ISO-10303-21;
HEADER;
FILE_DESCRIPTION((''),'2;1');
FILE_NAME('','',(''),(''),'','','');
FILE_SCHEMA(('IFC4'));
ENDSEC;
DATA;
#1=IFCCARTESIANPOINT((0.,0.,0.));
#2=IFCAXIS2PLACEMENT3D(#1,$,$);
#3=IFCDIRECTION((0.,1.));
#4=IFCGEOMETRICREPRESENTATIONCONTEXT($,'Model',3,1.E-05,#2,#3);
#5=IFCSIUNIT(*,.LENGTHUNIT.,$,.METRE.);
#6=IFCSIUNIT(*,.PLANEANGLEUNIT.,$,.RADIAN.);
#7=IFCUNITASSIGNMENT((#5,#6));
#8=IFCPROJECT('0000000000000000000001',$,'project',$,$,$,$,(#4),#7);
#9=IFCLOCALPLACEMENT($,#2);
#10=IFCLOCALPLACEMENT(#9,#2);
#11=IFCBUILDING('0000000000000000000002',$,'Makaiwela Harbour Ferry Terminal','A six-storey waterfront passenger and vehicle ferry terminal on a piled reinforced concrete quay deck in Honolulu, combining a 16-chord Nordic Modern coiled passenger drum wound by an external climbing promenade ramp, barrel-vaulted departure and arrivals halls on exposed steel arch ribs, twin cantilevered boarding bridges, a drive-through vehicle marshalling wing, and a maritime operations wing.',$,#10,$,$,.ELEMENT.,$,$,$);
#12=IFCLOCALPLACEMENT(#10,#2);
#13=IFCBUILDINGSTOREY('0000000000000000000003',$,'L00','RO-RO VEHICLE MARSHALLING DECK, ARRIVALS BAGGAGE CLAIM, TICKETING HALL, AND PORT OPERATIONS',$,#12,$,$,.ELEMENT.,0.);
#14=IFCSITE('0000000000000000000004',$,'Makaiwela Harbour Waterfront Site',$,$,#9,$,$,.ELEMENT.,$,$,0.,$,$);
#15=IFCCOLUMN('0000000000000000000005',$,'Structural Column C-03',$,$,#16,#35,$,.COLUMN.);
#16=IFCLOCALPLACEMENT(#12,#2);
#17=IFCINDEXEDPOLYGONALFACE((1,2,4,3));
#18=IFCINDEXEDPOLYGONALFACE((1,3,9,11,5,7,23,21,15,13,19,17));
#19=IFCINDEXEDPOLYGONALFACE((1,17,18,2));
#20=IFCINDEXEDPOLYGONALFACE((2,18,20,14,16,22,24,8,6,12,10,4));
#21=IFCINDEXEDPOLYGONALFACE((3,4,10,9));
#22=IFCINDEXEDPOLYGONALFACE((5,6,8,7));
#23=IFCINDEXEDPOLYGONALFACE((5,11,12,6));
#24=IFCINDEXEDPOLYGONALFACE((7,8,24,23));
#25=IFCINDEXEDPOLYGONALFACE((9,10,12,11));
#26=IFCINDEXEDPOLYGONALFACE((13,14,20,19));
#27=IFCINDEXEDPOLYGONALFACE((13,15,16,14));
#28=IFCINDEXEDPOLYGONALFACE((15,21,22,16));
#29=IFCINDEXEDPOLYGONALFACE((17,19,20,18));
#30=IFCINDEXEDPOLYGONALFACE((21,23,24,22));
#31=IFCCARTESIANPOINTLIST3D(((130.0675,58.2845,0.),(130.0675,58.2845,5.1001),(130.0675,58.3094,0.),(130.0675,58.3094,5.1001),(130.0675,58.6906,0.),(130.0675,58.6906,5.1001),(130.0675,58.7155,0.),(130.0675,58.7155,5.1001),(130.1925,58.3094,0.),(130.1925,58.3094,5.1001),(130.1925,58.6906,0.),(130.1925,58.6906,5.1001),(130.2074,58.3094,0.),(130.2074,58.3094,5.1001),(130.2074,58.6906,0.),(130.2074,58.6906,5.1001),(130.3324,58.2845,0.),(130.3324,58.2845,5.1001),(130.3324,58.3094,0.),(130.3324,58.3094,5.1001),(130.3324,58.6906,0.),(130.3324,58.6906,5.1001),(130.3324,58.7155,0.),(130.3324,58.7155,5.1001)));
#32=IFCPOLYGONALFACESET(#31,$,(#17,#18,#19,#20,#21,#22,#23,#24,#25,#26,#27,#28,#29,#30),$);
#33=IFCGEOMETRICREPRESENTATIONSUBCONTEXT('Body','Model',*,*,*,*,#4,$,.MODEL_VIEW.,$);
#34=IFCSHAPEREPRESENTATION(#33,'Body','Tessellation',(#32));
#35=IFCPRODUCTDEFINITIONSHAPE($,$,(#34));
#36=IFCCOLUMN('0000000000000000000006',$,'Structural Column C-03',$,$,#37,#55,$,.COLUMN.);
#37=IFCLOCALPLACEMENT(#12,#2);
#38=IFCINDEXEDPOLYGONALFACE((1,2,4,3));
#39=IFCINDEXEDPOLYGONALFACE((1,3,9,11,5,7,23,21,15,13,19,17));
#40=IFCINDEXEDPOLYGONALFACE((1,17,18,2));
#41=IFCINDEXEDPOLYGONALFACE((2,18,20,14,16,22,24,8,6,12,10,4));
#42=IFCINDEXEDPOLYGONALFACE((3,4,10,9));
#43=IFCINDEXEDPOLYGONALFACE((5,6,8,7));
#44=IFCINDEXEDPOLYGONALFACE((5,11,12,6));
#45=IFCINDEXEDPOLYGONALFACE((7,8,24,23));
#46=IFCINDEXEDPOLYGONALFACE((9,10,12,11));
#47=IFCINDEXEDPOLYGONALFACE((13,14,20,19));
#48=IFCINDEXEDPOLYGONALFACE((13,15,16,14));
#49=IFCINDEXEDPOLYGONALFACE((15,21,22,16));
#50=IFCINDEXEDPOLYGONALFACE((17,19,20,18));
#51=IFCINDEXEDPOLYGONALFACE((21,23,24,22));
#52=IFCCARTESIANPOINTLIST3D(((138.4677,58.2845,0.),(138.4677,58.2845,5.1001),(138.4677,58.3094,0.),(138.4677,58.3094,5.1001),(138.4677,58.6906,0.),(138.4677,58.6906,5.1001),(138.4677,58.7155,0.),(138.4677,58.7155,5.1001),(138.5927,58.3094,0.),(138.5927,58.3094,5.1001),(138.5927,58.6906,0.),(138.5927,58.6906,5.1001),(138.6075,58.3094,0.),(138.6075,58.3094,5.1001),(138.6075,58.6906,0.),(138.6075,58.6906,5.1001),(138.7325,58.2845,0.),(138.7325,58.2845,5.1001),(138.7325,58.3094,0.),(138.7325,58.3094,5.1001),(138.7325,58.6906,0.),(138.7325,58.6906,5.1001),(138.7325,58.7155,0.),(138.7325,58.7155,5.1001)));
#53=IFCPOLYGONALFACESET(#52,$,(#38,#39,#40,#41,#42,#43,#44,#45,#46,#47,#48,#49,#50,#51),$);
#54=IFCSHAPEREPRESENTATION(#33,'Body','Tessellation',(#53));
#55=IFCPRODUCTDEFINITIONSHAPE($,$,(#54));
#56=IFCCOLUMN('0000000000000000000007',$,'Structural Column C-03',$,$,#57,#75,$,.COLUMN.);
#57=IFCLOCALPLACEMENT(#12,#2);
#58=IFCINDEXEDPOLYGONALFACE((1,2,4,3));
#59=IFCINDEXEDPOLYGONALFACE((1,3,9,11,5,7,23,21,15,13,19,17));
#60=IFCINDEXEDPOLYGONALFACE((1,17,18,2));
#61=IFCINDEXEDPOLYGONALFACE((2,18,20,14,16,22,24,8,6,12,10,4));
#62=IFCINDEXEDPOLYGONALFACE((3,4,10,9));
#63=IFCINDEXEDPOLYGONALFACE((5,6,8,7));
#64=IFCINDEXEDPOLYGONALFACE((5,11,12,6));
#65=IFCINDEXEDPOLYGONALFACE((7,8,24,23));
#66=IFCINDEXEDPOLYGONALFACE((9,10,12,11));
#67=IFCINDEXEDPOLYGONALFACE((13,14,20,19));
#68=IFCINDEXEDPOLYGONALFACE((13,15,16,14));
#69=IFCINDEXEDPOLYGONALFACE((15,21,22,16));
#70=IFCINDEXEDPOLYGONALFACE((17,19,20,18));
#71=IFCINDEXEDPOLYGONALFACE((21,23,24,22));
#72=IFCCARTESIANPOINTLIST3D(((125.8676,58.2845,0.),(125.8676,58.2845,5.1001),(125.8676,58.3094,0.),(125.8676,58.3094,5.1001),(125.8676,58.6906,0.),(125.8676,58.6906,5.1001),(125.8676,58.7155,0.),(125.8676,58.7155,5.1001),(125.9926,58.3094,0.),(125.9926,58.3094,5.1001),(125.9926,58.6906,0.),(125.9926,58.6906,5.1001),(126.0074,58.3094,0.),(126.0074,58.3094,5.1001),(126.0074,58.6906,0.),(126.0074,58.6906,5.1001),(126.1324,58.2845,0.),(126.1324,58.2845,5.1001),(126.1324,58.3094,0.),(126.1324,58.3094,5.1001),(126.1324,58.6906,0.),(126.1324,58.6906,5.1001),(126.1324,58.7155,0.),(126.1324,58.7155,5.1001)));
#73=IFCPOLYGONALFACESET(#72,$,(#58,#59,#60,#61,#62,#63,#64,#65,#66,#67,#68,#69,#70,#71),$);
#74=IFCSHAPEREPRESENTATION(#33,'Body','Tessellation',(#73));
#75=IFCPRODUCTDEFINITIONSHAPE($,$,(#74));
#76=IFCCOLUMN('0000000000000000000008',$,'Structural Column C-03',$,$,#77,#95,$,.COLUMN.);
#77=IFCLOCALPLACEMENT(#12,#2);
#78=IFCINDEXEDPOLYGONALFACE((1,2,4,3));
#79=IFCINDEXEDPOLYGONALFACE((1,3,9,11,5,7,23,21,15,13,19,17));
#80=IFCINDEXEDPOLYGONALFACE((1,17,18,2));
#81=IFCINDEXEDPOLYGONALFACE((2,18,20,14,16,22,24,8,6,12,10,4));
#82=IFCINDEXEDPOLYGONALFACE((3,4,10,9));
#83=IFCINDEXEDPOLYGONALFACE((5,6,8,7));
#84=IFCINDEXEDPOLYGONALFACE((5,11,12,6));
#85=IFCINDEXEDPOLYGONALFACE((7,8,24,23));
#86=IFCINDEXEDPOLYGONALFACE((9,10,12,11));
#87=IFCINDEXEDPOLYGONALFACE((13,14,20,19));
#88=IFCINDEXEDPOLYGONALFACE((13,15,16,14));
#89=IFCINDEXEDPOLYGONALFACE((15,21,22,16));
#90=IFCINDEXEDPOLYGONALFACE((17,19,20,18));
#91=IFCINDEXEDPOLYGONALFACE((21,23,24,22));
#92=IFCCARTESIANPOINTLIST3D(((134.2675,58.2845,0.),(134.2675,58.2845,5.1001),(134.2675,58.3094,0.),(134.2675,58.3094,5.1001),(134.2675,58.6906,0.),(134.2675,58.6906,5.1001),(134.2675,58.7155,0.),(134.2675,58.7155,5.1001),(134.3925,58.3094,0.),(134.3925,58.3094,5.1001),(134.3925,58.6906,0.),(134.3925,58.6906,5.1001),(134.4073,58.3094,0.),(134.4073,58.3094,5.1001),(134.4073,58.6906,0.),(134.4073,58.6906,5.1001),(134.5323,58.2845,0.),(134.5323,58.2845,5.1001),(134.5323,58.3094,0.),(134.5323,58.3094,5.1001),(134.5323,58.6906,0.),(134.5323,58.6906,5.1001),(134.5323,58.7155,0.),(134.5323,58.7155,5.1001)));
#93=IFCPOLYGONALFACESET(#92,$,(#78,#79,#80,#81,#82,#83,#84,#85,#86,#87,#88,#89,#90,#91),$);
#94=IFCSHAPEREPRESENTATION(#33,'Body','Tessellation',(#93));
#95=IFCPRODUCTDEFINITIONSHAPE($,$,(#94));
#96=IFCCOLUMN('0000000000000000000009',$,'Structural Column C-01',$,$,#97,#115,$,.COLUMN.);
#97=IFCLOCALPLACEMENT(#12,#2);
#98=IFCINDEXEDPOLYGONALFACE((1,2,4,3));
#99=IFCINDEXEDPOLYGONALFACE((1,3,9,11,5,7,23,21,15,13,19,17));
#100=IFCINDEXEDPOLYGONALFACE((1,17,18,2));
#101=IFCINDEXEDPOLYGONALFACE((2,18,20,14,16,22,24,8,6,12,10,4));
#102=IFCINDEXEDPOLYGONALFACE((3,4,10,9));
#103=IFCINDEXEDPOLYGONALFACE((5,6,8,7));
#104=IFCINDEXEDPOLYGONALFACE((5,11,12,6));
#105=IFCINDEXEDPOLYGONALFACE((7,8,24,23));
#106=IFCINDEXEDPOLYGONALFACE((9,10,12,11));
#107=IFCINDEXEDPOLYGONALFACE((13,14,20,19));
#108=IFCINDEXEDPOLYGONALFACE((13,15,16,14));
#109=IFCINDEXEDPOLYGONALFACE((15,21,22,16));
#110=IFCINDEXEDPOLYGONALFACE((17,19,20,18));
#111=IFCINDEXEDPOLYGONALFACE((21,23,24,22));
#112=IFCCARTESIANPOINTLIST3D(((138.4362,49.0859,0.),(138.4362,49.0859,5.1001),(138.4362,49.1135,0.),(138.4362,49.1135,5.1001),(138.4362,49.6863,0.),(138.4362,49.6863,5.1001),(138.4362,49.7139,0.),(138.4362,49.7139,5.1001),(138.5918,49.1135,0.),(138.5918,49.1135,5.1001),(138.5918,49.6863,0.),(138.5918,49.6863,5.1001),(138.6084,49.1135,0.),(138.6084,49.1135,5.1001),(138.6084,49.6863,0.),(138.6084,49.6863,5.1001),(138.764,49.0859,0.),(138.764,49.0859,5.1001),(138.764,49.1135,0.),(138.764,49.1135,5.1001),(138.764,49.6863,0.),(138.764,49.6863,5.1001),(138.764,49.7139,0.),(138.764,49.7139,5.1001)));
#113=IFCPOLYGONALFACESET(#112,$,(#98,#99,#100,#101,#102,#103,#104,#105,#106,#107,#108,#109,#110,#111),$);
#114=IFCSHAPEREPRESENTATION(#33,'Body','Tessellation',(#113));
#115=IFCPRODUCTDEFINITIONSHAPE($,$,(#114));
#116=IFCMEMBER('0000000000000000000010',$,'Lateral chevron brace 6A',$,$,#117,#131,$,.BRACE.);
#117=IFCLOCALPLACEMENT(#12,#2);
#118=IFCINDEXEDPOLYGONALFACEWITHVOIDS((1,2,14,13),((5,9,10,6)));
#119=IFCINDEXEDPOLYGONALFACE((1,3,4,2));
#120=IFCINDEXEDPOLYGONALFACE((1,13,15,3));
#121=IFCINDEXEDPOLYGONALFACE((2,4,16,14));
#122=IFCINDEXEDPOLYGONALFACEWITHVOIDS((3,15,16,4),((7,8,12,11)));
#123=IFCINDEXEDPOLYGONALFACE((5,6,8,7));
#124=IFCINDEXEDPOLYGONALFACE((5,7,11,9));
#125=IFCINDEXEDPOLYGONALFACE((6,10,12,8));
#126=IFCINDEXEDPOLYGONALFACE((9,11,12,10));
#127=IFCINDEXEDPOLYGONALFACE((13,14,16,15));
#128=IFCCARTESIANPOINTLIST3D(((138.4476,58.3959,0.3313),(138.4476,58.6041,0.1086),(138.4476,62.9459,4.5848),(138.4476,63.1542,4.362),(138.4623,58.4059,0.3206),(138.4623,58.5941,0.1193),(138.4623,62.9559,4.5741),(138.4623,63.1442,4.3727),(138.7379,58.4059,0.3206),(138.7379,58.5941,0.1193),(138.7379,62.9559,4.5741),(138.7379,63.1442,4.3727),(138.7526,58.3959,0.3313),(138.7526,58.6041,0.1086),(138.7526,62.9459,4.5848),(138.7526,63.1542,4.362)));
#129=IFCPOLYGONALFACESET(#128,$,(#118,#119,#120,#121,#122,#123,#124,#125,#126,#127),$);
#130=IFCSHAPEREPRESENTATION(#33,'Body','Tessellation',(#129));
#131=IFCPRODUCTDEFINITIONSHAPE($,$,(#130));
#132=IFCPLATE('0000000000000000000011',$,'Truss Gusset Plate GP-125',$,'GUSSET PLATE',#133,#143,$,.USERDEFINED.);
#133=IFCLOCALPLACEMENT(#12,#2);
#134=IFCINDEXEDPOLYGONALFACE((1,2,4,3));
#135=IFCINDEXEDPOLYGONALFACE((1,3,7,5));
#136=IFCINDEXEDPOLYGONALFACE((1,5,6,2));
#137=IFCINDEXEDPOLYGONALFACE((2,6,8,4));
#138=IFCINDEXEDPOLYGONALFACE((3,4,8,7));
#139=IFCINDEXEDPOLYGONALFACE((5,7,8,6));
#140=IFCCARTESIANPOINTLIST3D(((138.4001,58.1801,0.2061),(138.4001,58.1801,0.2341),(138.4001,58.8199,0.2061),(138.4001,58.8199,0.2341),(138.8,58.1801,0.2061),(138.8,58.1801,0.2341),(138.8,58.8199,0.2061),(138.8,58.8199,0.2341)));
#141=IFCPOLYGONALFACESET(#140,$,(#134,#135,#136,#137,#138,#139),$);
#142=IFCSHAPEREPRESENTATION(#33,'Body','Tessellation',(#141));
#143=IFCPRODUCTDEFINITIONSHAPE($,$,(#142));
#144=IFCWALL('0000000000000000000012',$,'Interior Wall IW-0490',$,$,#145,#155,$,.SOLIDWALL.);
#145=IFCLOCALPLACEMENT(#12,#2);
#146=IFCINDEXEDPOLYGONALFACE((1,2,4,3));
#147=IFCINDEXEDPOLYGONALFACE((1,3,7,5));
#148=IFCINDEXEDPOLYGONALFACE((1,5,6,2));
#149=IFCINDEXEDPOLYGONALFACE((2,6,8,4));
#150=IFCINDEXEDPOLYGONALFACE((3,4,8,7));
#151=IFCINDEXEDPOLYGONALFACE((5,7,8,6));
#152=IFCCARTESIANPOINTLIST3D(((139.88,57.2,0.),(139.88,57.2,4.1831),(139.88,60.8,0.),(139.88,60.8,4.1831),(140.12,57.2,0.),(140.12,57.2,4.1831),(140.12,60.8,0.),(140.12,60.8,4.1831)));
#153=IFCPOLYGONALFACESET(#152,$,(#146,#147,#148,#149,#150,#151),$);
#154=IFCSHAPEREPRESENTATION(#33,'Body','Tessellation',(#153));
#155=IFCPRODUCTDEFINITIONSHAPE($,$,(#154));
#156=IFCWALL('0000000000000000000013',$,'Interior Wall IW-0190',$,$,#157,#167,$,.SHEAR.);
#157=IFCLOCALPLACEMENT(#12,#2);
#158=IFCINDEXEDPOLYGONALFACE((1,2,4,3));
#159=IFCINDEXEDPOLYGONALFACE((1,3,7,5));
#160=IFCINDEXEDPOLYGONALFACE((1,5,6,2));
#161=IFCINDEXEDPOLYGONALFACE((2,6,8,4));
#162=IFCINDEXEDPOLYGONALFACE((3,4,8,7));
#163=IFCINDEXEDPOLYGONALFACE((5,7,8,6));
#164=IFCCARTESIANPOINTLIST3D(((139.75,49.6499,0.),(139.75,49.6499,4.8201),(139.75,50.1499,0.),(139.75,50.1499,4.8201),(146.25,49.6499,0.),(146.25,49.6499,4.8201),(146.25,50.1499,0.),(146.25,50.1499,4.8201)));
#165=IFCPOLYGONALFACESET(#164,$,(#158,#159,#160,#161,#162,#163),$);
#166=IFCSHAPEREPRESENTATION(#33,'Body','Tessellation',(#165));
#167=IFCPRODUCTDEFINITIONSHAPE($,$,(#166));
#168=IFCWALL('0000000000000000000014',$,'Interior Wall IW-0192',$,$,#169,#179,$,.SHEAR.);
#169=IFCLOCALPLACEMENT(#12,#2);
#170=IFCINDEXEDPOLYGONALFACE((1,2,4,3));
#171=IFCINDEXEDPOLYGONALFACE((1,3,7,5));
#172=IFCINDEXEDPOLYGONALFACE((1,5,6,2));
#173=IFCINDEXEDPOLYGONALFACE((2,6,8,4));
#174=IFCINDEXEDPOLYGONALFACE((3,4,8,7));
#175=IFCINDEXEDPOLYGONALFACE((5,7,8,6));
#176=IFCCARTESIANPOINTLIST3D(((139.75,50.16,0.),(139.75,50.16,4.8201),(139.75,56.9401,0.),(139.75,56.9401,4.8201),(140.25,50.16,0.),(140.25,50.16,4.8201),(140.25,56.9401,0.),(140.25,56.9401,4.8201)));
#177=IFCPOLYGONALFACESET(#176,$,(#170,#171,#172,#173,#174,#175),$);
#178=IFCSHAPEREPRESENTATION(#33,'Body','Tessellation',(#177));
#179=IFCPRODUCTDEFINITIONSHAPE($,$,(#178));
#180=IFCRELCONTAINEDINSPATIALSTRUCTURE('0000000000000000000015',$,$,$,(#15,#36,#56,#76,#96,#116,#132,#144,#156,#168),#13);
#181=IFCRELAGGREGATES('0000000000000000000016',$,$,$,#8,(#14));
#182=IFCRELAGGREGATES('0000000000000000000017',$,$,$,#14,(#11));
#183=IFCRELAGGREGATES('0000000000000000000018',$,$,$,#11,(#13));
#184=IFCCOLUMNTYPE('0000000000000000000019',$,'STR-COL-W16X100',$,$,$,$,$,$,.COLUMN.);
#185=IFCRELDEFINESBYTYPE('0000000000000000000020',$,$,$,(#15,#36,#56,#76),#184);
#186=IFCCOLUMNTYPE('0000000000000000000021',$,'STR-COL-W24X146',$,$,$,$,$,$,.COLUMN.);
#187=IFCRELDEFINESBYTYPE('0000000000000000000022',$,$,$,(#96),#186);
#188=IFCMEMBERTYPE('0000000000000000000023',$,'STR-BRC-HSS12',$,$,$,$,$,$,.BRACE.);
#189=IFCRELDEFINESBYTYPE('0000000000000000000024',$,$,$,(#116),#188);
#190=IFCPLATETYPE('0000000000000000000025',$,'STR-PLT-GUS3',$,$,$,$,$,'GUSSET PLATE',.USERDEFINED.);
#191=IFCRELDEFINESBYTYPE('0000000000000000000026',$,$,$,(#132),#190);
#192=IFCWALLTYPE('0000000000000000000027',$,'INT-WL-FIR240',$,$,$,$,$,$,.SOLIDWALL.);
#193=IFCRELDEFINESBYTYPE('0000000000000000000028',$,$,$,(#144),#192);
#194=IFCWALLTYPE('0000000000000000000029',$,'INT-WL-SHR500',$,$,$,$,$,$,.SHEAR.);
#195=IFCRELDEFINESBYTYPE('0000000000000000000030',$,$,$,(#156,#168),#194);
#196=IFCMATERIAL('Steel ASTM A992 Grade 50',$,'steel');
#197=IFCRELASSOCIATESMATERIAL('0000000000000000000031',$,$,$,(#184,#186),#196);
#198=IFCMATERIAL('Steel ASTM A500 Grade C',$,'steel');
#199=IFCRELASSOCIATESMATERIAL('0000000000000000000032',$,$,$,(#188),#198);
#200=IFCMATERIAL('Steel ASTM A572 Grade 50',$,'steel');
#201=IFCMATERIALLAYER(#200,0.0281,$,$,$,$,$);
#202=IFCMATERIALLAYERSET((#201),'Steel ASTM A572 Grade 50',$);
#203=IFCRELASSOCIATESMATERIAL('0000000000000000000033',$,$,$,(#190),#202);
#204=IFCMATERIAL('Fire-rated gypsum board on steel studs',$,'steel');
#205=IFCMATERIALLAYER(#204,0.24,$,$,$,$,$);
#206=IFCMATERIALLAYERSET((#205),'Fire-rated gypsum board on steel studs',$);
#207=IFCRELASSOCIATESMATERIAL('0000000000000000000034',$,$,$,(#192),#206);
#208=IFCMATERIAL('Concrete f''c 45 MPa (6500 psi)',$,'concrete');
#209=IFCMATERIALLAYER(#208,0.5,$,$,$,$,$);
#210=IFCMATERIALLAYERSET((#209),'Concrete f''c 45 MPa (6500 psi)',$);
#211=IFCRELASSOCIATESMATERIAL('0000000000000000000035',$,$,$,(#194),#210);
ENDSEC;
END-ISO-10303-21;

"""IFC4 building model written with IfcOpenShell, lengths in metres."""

from ifc_helpers import new_model, si_unit, direction, frame, frame_2d, origin, origin_2d, place, context, subcontext, project, spatial, rectangle, hollow_rectangle, i_section, extrude, material, layer, layer_set, material_profile, profile_set, type_object, element, save


model = new_model("IFC4")

# Units and contexts
model_context = context("Model", 3, precision=1e-05, world=origin(), true_north=direction((0.0, 1.0)))
body_context = subcontext(model_context, "Body", "Model", "MODEL_VIEW")
ifc_project = project(units=[si_unit("LENGTHUNIT", "METRE"), si_unit("PLANEANGLEUNIT", "RADIAN")], contexts=[model_context])

# Site, building, storey
site_placement = place(None, origin())
site = spatial("IfcSite", under=ifc_project, at=site_placement, Name="Makaiwela Harbour Waterfront Site", CompositionType="ELEMENT", RefElevation=0.0)
building_placement = place(site_placement, origin())
building = spatial("IfcBuilding", under=site, at=building_placement, Name="Makaiwela Harbour Ferry Terminal", Description="A six-storey waterfront passenger and vehicle ferry terminal on a piled reinforced concrete quay deck in Honolulu, combining a 16-chord Nordic Modern coiled passenger drum wound by an external climbing promenade ramp, barrel-vaulted departure and arrivals halls on exposed steel arch ribs, twin cantilevered boarding bridges, a drive-through vehicle marshalling wing, and a maritime operations wing.", CompositionType="ELEMENT")
storey_placement = place(building_placement, origin())
storey = spatial("IfcBuildingStorey", under=building, at=storey_placement, Name="L00", Description="RO-RO VEHICLE MARSHALLING DECK, ARRIVALS BAGGAGE CLAIM, TICKETING HALL, AND PORT OPERATIONS", CompositionType="ELEMENT", Elevation=0.0)

# Shared definitions
ifc_material_1 = material(Name="Concrete f'c 45 MPa (6500 psi)", Category="concrete")

# Columns
ifc_material_2 = material(Name="Steel ASTM A992 Grade 50", Category="steel")
ifc_material_profile_1 = material_profile(ifc_material_2, i_section(OverallWidth=0.2649, OverallDepth=0.4309, WebThickness=0.0149, FlangeThickness=0.0249, at=origin_2d()), Name="W16X100")
ifc_profile_set_1 = profile_set([ifc_material_profile_1], Name="Steel ASTM A992 Grade 50")
column_type_1 = type_object("IfcColumnType", Name="STR-COL-W16X100", PredefinedType="COLUMN", material=ifc_profile_set_1)
for number, where, z_axis, x_axis, name in (
    (1, (130.2, 58.5, 0.0), (0.0, 0.0, 1.0), (1.0, 0.0, 0.0), "Structural Column C-03"),
    (2, (138.6001, 58.5, 0.0), (0.0, 0.0, 1.0), (1.0, 0.0, 0.0), "Structural Column C-03"),
    (3, (126.0, 58.5, 0.0), (0.0, 0.0, 1.0), (1.0, 0.0, 0.0), "Structural Column C-03"),
    (4, (134.3999, 58.5, 0.0), (0.0, 0.0, 1.0), (1.0, 0.0, 0.0), "Structural Column C-03"),
):
    element("IfcColumn", number, at=place(storey_placement, frame(where, z_axis=z_axis, x_axis=x_axis)), inside=storey, type_object=column_type_1, Name=name, PredefinedType="COLUMN", context=body_context, shape_type="SweptSolid", body=[
        extrude(i_section(OverallWidth=0.2649, OverallDepth=0.4309, WebThickness=0.0149, FlangeThickness=0.0249, at=origin_2d()), origin(), (0.0, 0.0, 1.0), 5.1001),
    ])
ifc_material_profile_2 = material_profile(ifc_material_2, i_section(OverallWidth=0.3279, OverallDepth=0.6279, WebThickness=0.0166, FlangeThickness=0.0276, at=origin_2d()), Name="W24X146")
ifc_profile_set_2 = profile_set([ifc_material_profile_2], Name="Steel ASTM A992 Grade 50")
column_type_2 = type_object("IfcColumnType", Name="STR-COL-W24X146", PredefinedType="COLUMN", material=ifc_profile_set_2)
column_placement = place(storey_placement, frame((138.6001, 49.3999, 0.0), z_axis=(0.0, 0.0, 1.0), x_axis=(1.0, 0.0, 0.0)))
element("IfcColumn", 5, at=column_placement, inside=storey, type_object=column_type_2, Name="Structural Column C-01", PredefinedType="COLUMN", context=body_context, shape_type="SweptSolid", body=[
    extrude(i_section(OverallWidth=0.3279, OverallDepth=0.6279, WebThickness=0.0166, FlangeThickness=0.0276, at=origin_2d()), origin(), (0.0, 0.0, 1.0), 5.1001),
])

# Member
ifc_material_3 = material(Name="Steel ASTM A500 Grade C", Category="steel")
ifc_material_profile_3 = material_profile(ifc_material_3, hollow_rectangle(XDim=0.3049, YDim=0.3049, WallThickness=0.0146, at=origin_2d()), Name="HSS12X12X5/8")
ifc_profile_set_3 = profile_set([ifc_material_profile_3], Name="Steel ASTM A500 Grade C")
member_type = type_object("IfcMemberType", Name="STR-BRC-HSS12", PredefinedType="BRACE", material=ifc_profile_set_3)
member_placement = place(storey_placement, frame((138.6001, 58.5, 0.22), z_axis=(0.0, 0.730518, 0.682893), x_axis=(-1.0, 0.0, 0.0)))
element("IfcMember", 6, at=member_placement, inside=storey, type_object=member_type, Name="Lateral chevron brace 6A", PredefinedType="BRACE", context=body_context, shape_type="SweptSolid", body=[
    extrude(hollow_rectangle(XDim=0.3049, YDim=0.3049, WallThickness=0.0146, at=origin_2d()), origin(), (0.0, 0.0, 1.0), 6.2285),
])

# Plate
ifc_material_4 = material(Name="Steel ASTM A572 Grade 50", Category="steel")
ifc_layer_1 = layer(ifc_material_4, 0.0281)
ifc_layer_set_1 = layer_set([ifc_layer_1], Name="Steel ASTM A572 Grade 50")
plate_type = type_object("IfcPlateType", Name="STR-PLT-GUS3", ElementType="GUSSET PLATE", PredefinedType="USERDEFINED", material=ifc_layer_set_1)
plate_placement = place(storey_placement, frame((138.6001, 58.5, 0.2061), z_axis=(0.0, 0.0, 1.0), x_axis=(0.0, 1.0, 0.0)))
element("IfcPlate", 7, at=plate_placement, inside=storey, type_object=plate_type, Name="Truss Gusset Plate GP-125", ObjectType="GUSSET PLATE", PredefinedType="USERDEFINED", context=body_context, shape_type="SweptSolid", body=[
    extrude(rectangle(XDim=0.6399, YDim=0.3999, at=origin_2d()), origin(), (0.0, 0.0, 1.0), 0.0281),
])

# Walls
ifc_material_5 = material(Name="Fire-rated gypsum board on steel studs", Category="steel")
ifc_layer_2 = layer(ifc_material_5, 0.24)
ifc_layer_set_2 = layer_set([ifc_layer_2], Name="Fire-rated gypsum board on steel studs")
wall_type_1 = type_object("IfcWallType", Name="INT-WL-FIR240", PredefinedType="SOLIDWALL", material=ifc_layer_set_2)
wall_1_placement = place(storey_placement, frame((140.0, 57.2, 0.0), z_axis=(0.0, 0.0, 1.0), x_axis=(0.0, 1.0, 0.0)))
element("IfcWall", 8, at=wall_1_placement, inside=storey, type_object=wall_type_1, Name="Interior Wall IW-0490", PredefinedType="SOLIDWALL", context=body_context, shape_type="SweptSolid", body=[
    extrude(rectangle(XDim=3.6001, YDim=0.24, at=frame_2d((1.8, 0.0))), origin(), (0.0, 0.0, 1.0), 4.1831),
])
ifc_layer_3 = layer(ifc_material_1, 0.5)
ifc_layer_set_3 = layer_set([ifc_layer_3], Name="Concrete f'c 45 MPa (6500 psi)")
wall_type_2 = type_object("IfcWallType", Name="INT-WL-SHR500", PredefinedType="SHEAR", material=ifc_layer_set_3)
wall_2_placement = place(storey_placement, frame((139.75, 49.8999, 0.0), z_axis=(0.0, 0.0, 1.0), x_axis=(1.0, 0.0, 0.0)))
element("IfcWall", 9, at=wall_2_placement, inside=storey, type_object=wall_type_2, Name="Interior Wall IW-0190", PredefinedType="SHEAR", context=body_context, shape_type="SweptSolid", body=[
    extrude(rectangle(XDim=6.5, YDim=0.5, at=frame_2d((3.25, 0.0))), origin(), (0.0, 0.0, 1.0), 4.8201),
])

# Wall
wall_3_placement = place(storey_placement, frame((140.0, 50.1599, 0.0), z_axis=(0.0, 0.0, 1.0), x_axis=(0.0, 1.0, 0.0)))
element("IfcWall", 10, at=wall_3_placement, inside=storey, type_object=wall_type_2, Name="Interior Wall IW-0192", PredefinedType="SHEAR", context=body_context, shape_type="SweptSolid", body=[
    extrude(rectangle(XDim=6.78, YDim=0.5, at=frame_2d((3.3901, 0.0))), origin(), (0.0, 0.0, 1.0), 4.8201),
])

save(model, "model.ifc")
